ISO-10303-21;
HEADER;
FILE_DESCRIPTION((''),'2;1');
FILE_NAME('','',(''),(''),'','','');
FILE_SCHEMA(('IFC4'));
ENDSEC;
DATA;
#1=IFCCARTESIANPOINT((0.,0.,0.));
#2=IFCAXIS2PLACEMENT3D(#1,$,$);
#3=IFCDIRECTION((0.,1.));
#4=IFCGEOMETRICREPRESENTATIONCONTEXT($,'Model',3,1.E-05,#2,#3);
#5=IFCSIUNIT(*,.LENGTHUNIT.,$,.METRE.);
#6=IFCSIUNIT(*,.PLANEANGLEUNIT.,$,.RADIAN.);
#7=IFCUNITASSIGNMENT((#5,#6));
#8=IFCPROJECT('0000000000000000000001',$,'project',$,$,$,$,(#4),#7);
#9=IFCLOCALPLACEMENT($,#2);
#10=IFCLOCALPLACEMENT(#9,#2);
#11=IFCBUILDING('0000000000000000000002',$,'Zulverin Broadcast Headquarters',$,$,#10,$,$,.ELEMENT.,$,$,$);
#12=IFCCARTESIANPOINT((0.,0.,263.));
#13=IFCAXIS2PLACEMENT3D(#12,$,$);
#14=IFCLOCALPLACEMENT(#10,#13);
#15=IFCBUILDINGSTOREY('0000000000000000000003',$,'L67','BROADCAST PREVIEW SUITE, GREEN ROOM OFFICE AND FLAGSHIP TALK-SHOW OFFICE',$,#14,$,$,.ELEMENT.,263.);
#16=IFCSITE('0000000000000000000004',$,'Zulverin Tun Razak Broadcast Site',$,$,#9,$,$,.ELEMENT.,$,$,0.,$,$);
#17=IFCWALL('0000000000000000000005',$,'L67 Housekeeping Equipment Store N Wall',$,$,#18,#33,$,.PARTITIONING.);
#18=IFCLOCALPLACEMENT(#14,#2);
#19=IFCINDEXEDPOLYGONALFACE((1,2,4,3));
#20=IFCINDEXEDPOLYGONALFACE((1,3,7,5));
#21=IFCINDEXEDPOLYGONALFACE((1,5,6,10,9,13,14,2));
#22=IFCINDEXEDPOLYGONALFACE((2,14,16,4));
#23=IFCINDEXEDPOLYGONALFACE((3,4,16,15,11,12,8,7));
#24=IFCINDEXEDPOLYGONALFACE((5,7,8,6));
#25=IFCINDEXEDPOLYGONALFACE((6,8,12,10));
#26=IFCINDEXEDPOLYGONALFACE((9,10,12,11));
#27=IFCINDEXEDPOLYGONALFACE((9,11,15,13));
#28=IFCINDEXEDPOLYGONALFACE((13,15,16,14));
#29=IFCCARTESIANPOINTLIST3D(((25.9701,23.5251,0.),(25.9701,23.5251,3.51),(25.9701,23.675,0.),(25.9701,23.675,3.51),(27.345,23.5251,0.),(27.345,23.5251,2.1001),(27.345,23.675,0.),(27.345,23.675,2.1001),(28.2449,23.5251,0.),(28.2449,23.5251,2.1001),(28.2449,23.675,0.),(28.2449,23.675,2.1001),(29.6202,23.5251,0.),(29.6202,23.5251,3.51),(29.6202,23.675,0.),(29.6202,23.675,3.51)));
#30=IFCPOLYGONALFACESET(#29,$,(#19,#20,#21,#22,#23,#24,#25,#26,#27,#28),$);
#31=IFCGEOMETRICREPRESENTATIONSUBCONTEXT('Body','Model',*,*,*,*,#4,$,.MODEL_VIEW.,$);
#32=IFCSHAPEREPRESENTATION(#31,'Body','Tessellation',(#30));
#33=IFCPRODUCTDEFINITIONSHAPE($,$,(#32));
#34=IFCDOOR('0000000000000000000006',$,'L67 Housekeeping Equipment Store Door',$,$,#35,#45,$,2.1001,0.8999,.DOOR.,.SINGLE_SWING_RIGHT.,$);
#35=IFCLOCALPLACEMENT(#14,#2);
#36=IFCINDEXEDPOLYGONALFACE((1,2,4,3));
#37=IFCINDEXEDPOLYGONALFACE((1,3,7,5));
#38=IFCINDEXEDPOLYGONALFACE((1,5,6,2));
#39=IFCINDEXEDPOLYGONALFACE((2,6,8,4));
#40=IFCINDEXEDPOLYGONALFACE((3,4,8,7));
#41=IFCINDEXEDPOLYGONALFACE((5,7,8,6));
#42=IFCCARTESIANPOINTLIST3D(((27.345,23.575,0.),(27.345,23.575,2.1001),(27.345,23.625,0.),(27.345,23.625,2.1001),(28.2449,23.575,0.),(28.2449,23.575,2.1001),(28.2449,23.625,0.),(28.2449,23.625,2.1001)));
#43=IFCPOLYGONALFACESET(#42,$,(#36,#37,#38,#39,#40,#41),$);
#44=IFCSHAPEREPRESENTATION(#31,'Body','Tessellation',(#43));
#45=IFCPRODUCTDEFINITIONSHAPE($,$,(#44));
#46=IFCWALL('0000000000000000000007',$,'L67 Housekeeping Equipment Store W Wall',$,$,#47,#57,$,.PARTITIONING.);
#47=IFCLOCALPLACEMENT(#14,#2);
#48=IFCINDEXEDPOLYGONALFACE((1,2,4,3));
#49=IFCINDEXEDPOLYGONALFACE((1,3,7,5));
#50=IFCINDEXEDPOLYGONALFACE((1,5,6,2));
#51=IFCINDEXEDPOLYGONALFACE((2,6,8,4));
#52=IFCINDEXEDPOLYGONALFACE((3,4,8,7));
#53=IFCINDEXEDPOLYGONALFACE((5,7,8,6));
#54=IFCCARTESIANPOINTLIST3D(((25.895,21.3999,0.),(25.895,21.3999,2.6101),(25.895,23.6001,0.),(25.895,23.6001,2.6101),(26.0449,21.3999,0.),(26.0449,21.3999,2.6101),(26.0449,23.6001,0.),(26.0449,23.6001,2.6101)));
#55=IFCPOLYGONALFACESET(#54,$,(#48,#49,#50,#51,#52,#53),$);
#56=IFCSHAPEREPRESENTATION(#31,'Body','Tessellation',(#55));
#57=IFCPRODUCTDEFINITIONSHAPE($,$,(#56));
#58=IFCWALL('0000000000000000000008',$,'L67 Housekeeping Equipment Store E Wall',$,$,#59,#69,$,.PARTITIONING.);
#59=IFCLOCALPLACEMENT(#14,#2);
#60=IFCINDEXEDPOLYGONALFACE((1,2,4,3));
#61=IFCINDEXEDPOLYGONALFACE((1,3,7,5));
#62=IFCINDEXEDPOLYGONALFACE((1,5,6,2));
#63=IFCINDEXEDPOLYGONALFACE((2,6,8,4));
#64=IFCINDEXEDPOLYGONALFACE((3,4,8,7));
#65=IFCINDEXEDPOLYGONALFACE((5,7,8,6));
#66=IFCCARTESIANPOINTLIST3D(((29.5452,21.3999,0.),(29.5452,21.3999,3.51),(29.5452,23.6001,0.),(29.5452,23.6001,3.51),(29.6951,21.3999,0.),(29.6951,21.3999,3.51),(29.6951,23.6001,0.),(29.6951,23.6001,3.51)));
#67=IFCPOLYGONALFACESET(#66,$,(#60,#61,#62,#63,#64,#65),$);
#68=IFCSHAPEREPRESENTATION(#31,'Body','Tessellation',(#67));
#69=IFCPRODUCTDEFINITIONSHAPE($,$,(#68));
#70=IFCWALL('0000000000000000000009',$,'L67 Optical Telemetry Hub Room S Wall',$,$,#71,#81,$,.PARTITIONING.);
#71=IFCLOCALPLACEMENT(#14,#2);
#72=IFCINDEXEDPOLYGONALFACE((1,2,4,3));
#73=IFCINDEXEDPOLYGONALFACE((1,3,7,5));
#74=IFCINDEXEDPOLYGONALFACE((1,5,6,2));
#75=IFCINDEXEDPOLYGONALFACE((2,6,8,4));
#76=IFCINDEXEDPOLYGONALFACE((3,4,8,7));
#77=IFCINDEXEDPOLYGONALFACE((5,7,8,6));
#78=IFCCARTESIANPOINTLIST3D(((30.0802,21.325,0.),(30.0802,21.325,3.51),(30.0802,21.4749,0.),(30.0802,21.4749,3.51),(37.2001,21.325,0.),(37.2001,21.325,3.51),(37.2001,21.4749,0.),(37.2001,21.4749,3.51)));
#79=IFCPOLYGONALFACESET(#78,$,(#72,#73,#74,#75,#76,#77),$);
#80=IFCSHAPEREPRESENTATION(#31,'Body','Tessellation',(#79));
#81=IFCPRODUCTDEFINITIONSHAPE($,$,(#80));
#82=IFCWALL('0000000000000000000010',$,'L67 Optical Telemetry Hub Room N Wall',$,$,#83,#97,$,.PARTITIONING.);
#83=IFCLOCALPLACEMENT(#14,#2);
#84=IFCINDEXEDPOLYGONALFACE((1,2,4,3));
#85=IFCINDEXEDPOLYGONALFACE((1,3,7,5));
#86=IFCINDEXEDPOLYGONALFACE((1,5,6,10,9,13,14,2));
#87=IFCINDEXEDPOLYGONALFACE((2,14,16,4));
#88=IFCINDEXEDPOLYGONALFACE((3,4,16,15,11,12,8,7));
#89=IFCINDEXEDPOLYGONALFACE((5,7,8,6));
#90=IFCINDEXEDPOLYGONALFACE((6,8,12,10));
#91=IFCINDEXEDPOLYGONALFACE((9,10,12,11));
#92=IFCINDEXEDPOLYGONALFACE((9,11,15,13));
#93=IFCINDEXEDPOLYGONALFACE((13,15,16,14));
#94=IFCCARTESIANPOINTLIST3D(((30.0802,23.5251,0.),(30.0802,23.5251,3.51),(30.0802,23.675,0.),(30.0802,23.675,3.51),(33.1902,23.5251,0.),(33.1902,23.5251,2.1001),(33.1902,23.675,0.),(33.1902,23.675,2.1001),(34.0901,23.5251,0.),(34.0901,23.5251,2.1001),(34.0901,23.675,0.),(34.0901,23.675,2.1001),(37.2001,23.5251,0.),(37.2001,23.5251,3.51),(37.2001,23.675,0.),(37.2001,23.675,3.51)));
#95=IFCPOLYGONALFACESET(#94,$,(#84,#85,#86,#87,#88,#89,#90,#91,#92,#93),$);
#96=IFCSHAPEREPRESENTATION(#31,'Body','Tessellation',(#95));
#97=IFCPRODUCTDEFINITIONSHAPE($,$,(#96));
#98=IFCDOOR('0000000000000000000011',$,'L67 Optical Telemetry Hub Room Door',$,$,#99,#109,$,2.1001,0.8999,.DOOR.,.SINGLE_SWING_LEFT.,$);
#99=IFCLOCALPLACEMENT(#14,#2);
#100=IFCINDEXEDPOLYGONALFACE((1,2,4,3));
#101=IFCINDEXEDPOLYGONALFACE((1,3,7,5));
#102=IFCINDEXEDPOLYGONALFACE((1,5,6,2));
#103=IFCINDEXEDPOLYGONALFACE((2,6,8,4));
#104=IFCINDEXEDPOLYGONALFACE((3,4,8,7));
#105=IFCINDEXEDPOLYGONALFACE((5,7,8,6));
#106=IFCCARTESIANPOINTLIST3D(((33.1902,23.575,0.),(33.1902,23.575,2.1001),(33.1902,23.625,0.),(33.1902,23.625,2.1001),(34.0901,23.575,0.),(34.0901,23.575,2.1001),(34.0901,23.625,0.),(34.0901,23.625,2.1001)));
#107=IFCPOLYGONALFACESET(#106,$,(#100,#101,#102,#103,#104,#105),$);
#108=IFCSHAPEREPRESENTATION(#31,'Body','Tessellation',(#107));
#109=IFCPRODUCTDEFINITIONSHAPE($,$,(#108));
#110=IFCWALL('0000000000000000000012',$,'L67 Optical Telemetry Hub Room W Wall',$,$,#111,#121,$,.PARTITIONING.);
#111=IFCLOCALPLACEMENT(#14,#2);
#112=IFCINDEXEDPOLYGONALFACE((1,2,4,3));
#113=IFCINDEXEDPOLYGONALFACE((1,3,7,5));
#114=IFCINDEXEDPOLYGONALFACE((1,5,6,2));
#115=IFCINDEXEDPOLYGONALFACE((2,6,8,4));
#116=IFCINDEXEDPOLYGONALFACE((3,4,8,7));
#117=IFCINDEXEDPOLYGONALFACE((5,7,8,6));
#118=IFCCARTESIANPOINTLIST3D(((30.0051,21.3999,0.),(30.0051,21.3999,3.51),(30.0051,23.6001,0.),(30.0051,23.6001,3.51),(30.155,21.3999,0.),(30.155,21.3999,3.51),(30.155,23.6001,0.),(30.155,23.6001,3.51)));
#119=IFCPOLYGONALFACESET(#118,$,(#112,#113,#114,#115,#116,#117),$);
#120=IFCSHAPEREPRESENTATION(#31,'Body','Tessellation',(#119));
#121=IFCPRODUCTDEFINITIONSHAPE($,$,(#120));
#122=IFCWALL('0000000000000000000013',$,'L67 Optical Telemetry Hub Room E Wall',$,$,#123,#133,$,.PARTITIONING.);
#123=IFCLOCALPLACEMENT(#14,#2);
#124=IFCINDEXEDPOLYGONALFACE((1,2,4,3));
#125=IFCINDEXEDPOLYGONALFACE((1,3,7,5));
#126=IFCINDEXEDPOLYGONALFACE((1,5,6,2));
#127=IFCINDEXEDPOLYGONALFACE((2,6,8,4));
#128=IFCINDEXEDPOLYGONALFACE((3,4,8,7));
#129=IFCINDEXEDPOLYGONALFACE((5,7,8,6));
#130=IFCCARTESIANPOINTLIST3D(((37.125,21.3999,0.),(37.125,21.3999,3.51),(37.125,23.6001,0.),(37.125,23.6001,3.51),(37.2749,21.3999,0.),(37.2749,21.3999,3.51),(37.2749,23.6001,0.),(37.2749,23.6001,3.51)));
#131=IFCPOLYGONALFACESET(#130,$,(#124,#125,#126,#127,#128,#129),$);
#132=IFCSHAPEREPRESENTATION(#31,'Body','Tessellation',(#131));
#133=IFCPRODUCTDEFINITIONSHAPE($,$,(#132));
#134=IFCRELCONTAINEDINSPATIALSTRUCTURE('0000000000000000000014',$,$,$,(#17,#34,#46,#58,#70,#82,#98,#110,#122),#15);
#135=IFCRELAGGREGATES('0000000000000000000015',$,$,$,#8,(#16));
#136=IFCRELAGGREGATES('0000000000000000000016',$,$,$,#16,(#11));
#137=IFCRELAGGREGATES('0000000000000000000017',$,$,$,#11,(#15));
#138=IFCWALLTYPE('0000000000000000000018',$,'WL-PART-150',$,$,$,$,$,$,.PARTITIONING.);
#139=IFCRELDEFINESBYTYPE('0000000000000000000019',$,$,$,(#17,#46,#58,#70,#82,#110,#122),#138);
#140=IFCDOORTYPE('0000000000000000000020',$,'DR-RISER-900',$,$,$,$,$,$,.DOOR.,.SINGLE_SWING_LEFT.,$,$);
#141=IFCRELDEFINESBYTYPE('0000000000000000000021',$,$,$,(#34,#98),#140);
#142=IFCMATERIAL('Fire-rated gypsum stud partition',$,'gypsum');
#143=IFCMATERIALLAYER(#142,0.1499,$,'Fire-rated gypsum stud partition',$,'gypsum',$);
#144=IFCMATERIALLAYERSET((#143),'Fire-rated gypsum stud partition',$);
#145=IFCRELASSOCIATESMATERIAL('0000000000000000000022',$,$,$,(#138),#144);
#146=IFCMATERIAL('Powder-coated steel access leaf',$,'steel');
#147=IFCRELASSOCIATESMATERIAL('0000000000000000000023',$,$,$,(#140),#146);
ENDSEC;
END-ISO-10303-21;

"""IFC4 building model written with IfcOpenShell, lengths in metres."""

from ifc_helpers import new_model, si_unit, direction, frame, frame_2d, origin, place, context, subcontext, project, spatial, rectangle, extrude, material, layer, layer_set, type_object, element, fill, save


model = new_model("IFC4")

# Units and contexts
model_context = context("Model", 3, precision=1e-05, world=origin(), true_north=direction((0.0, 1.0)))
body_context = subcontext(model_context, "Body", "Model", "MODEL_VIEW")
ifc_project = project(units=[si_unit("LENGTHUNIT", "METRE"), si_unit("PLANEANGLEUNIT", "RADIAN")], contexts=[model_context])

# Site, building, storey
site_placement = place(None, origin())
site = spatial("IfcSite", under=ifc_project, at=site_placement, Name="Zulverin Tun Razak Broadcast Site", CompositionType="ELEMENT", RefElevation=0.0)
building_placement = place(site_placement, origin())
building = spatial("IfcBuilding", under=site, at=building_placement, Name="Zulverin Broadcast Headquarters", CompositionType="ELEMENT")
storey_placement = place(building_placement, frame((0.0, 0.0, 263.0)))
storey = spatial("IfcBuildingStorey", under=building, at=storey_placement, Name="L67", Description="BROADCAST PREVIEW SUITE, GREEN ROOM OFFICE AND FLAGSHIP TALK-SHOW OFFICE", CompositionType="ELEMENT", Elevation=263.0)

# Shared definitions
ifc_material_1 = material(Name="Fire-rated gypsum stud partition", Category="gypsum")
ifc_layer_1 = layer(ifc_material_1, 0.1499, Name="Fire-rated gypsum stud partition", Category="gypsum")
ifc_layer_set_1 = layer_set([ifc_layer_1], Name="Fire-rated gypsum stud partition")
wall_type_1 = type_object("IfcWallType", Name="WL-PART-150", PredefinedType="PARTITIONING", material=ifc_layer_set_1)

# Shared definitions
ifc_material_2 = material(Name="Powder-coated steel access leaf", Category="steel")
door_type_1 = type_object("IfcDoorType", Name="DR-RISER-900", OperationType="SINGLE_SWING_LEFT", PredefinedType="DOOR", material=ifc_material_2)

# Wall, opening, door
wall_1_placement = place(storey_placement, frame((25.97, 23.6001, 0.0), z_axis=(0.0, 0.0, 1.0), x_axis=(1.0, 0.0, 0.0)))
wall_1 = element("IfcWall", 1, at=wall_1_placement, inside=storey, type_object=wall_type_1, Name="L67 Housekeeping Equipment Store N Wall", PredefinedType="PARTITIONING", context=body_context, shape_type="SweptSolid", body=[
    extrude(rectangle(XDim=3.6501, YDim=0.1499, at=frame_2d((1.8252, 0.0))), origin(), (0.0, 0.0, 1.0), 3.51),
])
opening_1_placement = place(wall_1_placement, frame((1.375, 0.0, 0.0)))
opening_1 = element("IfcOpeningElement", 2, at=opening_1_placement, cuts=wall_1, PredefinedType="OPENING", context=body_context, shape_type="SweptSolid", body=[
    extrude(rectangle(XDim=0.8999, YDim=2.1001, at=frame_2d((0.45, 1.05))), frame((0.0, 0.085, 0.0), z_axis=(0.0, -1.0, 0.0), x_axis=(1.0, 0.0, 0.0)), (0.0, 0.0, 1.0), 0.1699),
])
door_1_placement = place(opening_1_placement, origin())
door_1 = element("IfcDoor", 3, at=door_1_placement, inside=storey, type_object=door_type_1, Name="L67 Housekeeping Equipment Store Door", OperationType="SINGLE_SWING_RIGHT", OverallHeight=2.1001, OverallWidth=0.8999, PredefinedType="DOOR", context=body_context, shape_type="SweptSolid", body=[
    extrude(rectangle(XDim=0.8999, YDim=2.1001, at=frame_2d((0.45, 1.05))), frame((0.0, 0.0249, 0.0), z_axis=(0.0, -1.0, 0.0), x_axis=(1.0, 0.0, 0.0)), (0.0, 0.0, 1.0), 0.05),
])
fill(opening_1, door_1)

# Walls
wall_2_placement = place(storey_placement, frame((25.97, 21.3999, 0.0), z_axis=(0.0, 0.0, 1.0), x_axis=(0.0, 1.0, 0.0)))
element("IfcWall", 4, at=wall_2_placement, inside=storey, type_object=wall_type_1, Name="L67 Housekeeping Equipment Store W Wall", PredefinedType="PARTITIONING", context=body_context, shape_type="SweptSolid", body=[
    extrude(rectangle(XDim=2.2002, YDim=0.1499, at=frame_2d((1.1001, 0.0))), origin(), (0.0, 0.0, 1.0), 2.6101),
])
wall_3_placement = place(storey_placement, frame((29.6201, 21.3999, 0.0), z_axis=(0.0, 0.0, 1.0), x_axis=(0.0, 1.0, 0.0)))
element("IfcWall", 5, at=wall_3_placement, inside=storey, type_object=wall_type_1, Name="L67 Housekeeping Equipment Store E Wall", PredefinedType="PARTITIONING", context=body_context, shape_type="SweptSolid", body=[
    extrude(rectangle(XDim=2.2002, YDim=0.1499, at=frame_2d((1.1001, 0.0))), origin(), (0.0, 0.0, 1.0), 3.51),
])
wall_4_placement = place(storey_placement, frame((30.0801, 21.3999, 0.0), z_axis=(0.0, 0.0, 1.0), x_axis=(1.0, 0.0, 0.0)))
element("IfcWall", 6, at=wall_4_placement, inside=storey, type_object=wall_type_1, Name="L67 Optical Telemetry Hub Room S Wall", PredefinedType="PARTITIONING", context=body_context, shape_type="SweptSolid", body=[
    extrude(rectangle(XDim=7.1199, YDim=0.1499, at=frame_2d((3.5601, 0.0))), origin(), (0.0, 0.0, 1.0), 3.51),
])

# Wall, opening, door
wall_5_placement = place(storey_placement, frame((30.0801, 23.6001, 0.0), z_axis=(0.0, 0.0, 1.0), x_axis=(1.0, 0.0, 0.0)))
wall_5 = element("IfcWall", 7, at=wall_5_placement, inside=storey, type_object=wall_type_1, Name="L67 Optical Telemetry Hub Room N Wall", PredefinedType="PARTITIONING", context=body_context, shape_type="SweptSolid", body=[
    extrude(rectangle(XDim=7.1199, YDim=0.1499, at=frame_2d((3.5601, 0.0))), origin(), (0.0, 0.0, 1.0), 3.51),
])
opening_2_placement = place(wall_5_placement, frame((3.1101, 0.0, 0.0)))
opening_2 = element("IfcOpeningElement", 8, at=opening_2_placement, cuts=wall_5, PredefinedType="OPENING", context=body_context, shape_type="SweptSolid", body=[
    extrude(rectangle(XDim=0.8999, YDim=2.1001, at=frame_2d((0.45, 1.05))), frame((0.0, 0.085, 0.0), z_axis=(0.0, -1.0, 0.0), x_axis=(1.0, 0.0, 0.0)), (0.0, 0.0, 1.0), 0.1699),
])
door_2_placement = place(opening_2_placement, origin())
door_2 = element("IfcDoor", 9, at=door_2_placement, inside=storey, type_object=door_type_1, Name="L67 Optical Telemetry Hub Room Door", OperationType="SINGLE_SWING_LEFT", OverallHeight=2.1001, OverallWidth=0.8999, PredefinedType="DOOR", context=body_context, shape_type="SweptSolid", body=[
    extrude(rectangle(XDim=0.8999, YDim=2.1001, at=frame_2d((0.45, 1.05))), frame((0.0, 0.0249, 0.0), z_axis=(0.0, -1.0, 0.0), x_axis=(1.0, 0.0, 0.0)), (0.0, 0.0, 1.0), 0.05),
])
fill(opening_2, door_2)

# Walls
for number, where, z_axis, x_axis, name in (
    (10, (30.0801, 21.3999, 0.0), (0.0, 0.0, 1.0), (0.0, 1.0, 0.0), "L67 Optical Telemetry Hub Room W Wall"),
    (11, (37.2, 21.3999, 0.0), (0.0, 0.0, 1.0), (0.0, 1.0, 0.0), "L67 Optical Telemetry Hub Room E Wall"),
):
    element("IfcWall", number, at=place(storey_placement, frame(where, z_axis=z_axis, x_axis=x_axis)), inside=storey, type_object=wall_type_1, Name=name, PredefinedType="PARTITIONING", context=body_context, shape_type="SweptSolid", body=[
        extrude(rectangle(XDim=2.2002, YDim=0.1499, at=frame_2d((1.1001, 0.0))), origin(), (0.0, 0.0, 1.0), 3.51),
    ])

save(model, "model.ifc")
